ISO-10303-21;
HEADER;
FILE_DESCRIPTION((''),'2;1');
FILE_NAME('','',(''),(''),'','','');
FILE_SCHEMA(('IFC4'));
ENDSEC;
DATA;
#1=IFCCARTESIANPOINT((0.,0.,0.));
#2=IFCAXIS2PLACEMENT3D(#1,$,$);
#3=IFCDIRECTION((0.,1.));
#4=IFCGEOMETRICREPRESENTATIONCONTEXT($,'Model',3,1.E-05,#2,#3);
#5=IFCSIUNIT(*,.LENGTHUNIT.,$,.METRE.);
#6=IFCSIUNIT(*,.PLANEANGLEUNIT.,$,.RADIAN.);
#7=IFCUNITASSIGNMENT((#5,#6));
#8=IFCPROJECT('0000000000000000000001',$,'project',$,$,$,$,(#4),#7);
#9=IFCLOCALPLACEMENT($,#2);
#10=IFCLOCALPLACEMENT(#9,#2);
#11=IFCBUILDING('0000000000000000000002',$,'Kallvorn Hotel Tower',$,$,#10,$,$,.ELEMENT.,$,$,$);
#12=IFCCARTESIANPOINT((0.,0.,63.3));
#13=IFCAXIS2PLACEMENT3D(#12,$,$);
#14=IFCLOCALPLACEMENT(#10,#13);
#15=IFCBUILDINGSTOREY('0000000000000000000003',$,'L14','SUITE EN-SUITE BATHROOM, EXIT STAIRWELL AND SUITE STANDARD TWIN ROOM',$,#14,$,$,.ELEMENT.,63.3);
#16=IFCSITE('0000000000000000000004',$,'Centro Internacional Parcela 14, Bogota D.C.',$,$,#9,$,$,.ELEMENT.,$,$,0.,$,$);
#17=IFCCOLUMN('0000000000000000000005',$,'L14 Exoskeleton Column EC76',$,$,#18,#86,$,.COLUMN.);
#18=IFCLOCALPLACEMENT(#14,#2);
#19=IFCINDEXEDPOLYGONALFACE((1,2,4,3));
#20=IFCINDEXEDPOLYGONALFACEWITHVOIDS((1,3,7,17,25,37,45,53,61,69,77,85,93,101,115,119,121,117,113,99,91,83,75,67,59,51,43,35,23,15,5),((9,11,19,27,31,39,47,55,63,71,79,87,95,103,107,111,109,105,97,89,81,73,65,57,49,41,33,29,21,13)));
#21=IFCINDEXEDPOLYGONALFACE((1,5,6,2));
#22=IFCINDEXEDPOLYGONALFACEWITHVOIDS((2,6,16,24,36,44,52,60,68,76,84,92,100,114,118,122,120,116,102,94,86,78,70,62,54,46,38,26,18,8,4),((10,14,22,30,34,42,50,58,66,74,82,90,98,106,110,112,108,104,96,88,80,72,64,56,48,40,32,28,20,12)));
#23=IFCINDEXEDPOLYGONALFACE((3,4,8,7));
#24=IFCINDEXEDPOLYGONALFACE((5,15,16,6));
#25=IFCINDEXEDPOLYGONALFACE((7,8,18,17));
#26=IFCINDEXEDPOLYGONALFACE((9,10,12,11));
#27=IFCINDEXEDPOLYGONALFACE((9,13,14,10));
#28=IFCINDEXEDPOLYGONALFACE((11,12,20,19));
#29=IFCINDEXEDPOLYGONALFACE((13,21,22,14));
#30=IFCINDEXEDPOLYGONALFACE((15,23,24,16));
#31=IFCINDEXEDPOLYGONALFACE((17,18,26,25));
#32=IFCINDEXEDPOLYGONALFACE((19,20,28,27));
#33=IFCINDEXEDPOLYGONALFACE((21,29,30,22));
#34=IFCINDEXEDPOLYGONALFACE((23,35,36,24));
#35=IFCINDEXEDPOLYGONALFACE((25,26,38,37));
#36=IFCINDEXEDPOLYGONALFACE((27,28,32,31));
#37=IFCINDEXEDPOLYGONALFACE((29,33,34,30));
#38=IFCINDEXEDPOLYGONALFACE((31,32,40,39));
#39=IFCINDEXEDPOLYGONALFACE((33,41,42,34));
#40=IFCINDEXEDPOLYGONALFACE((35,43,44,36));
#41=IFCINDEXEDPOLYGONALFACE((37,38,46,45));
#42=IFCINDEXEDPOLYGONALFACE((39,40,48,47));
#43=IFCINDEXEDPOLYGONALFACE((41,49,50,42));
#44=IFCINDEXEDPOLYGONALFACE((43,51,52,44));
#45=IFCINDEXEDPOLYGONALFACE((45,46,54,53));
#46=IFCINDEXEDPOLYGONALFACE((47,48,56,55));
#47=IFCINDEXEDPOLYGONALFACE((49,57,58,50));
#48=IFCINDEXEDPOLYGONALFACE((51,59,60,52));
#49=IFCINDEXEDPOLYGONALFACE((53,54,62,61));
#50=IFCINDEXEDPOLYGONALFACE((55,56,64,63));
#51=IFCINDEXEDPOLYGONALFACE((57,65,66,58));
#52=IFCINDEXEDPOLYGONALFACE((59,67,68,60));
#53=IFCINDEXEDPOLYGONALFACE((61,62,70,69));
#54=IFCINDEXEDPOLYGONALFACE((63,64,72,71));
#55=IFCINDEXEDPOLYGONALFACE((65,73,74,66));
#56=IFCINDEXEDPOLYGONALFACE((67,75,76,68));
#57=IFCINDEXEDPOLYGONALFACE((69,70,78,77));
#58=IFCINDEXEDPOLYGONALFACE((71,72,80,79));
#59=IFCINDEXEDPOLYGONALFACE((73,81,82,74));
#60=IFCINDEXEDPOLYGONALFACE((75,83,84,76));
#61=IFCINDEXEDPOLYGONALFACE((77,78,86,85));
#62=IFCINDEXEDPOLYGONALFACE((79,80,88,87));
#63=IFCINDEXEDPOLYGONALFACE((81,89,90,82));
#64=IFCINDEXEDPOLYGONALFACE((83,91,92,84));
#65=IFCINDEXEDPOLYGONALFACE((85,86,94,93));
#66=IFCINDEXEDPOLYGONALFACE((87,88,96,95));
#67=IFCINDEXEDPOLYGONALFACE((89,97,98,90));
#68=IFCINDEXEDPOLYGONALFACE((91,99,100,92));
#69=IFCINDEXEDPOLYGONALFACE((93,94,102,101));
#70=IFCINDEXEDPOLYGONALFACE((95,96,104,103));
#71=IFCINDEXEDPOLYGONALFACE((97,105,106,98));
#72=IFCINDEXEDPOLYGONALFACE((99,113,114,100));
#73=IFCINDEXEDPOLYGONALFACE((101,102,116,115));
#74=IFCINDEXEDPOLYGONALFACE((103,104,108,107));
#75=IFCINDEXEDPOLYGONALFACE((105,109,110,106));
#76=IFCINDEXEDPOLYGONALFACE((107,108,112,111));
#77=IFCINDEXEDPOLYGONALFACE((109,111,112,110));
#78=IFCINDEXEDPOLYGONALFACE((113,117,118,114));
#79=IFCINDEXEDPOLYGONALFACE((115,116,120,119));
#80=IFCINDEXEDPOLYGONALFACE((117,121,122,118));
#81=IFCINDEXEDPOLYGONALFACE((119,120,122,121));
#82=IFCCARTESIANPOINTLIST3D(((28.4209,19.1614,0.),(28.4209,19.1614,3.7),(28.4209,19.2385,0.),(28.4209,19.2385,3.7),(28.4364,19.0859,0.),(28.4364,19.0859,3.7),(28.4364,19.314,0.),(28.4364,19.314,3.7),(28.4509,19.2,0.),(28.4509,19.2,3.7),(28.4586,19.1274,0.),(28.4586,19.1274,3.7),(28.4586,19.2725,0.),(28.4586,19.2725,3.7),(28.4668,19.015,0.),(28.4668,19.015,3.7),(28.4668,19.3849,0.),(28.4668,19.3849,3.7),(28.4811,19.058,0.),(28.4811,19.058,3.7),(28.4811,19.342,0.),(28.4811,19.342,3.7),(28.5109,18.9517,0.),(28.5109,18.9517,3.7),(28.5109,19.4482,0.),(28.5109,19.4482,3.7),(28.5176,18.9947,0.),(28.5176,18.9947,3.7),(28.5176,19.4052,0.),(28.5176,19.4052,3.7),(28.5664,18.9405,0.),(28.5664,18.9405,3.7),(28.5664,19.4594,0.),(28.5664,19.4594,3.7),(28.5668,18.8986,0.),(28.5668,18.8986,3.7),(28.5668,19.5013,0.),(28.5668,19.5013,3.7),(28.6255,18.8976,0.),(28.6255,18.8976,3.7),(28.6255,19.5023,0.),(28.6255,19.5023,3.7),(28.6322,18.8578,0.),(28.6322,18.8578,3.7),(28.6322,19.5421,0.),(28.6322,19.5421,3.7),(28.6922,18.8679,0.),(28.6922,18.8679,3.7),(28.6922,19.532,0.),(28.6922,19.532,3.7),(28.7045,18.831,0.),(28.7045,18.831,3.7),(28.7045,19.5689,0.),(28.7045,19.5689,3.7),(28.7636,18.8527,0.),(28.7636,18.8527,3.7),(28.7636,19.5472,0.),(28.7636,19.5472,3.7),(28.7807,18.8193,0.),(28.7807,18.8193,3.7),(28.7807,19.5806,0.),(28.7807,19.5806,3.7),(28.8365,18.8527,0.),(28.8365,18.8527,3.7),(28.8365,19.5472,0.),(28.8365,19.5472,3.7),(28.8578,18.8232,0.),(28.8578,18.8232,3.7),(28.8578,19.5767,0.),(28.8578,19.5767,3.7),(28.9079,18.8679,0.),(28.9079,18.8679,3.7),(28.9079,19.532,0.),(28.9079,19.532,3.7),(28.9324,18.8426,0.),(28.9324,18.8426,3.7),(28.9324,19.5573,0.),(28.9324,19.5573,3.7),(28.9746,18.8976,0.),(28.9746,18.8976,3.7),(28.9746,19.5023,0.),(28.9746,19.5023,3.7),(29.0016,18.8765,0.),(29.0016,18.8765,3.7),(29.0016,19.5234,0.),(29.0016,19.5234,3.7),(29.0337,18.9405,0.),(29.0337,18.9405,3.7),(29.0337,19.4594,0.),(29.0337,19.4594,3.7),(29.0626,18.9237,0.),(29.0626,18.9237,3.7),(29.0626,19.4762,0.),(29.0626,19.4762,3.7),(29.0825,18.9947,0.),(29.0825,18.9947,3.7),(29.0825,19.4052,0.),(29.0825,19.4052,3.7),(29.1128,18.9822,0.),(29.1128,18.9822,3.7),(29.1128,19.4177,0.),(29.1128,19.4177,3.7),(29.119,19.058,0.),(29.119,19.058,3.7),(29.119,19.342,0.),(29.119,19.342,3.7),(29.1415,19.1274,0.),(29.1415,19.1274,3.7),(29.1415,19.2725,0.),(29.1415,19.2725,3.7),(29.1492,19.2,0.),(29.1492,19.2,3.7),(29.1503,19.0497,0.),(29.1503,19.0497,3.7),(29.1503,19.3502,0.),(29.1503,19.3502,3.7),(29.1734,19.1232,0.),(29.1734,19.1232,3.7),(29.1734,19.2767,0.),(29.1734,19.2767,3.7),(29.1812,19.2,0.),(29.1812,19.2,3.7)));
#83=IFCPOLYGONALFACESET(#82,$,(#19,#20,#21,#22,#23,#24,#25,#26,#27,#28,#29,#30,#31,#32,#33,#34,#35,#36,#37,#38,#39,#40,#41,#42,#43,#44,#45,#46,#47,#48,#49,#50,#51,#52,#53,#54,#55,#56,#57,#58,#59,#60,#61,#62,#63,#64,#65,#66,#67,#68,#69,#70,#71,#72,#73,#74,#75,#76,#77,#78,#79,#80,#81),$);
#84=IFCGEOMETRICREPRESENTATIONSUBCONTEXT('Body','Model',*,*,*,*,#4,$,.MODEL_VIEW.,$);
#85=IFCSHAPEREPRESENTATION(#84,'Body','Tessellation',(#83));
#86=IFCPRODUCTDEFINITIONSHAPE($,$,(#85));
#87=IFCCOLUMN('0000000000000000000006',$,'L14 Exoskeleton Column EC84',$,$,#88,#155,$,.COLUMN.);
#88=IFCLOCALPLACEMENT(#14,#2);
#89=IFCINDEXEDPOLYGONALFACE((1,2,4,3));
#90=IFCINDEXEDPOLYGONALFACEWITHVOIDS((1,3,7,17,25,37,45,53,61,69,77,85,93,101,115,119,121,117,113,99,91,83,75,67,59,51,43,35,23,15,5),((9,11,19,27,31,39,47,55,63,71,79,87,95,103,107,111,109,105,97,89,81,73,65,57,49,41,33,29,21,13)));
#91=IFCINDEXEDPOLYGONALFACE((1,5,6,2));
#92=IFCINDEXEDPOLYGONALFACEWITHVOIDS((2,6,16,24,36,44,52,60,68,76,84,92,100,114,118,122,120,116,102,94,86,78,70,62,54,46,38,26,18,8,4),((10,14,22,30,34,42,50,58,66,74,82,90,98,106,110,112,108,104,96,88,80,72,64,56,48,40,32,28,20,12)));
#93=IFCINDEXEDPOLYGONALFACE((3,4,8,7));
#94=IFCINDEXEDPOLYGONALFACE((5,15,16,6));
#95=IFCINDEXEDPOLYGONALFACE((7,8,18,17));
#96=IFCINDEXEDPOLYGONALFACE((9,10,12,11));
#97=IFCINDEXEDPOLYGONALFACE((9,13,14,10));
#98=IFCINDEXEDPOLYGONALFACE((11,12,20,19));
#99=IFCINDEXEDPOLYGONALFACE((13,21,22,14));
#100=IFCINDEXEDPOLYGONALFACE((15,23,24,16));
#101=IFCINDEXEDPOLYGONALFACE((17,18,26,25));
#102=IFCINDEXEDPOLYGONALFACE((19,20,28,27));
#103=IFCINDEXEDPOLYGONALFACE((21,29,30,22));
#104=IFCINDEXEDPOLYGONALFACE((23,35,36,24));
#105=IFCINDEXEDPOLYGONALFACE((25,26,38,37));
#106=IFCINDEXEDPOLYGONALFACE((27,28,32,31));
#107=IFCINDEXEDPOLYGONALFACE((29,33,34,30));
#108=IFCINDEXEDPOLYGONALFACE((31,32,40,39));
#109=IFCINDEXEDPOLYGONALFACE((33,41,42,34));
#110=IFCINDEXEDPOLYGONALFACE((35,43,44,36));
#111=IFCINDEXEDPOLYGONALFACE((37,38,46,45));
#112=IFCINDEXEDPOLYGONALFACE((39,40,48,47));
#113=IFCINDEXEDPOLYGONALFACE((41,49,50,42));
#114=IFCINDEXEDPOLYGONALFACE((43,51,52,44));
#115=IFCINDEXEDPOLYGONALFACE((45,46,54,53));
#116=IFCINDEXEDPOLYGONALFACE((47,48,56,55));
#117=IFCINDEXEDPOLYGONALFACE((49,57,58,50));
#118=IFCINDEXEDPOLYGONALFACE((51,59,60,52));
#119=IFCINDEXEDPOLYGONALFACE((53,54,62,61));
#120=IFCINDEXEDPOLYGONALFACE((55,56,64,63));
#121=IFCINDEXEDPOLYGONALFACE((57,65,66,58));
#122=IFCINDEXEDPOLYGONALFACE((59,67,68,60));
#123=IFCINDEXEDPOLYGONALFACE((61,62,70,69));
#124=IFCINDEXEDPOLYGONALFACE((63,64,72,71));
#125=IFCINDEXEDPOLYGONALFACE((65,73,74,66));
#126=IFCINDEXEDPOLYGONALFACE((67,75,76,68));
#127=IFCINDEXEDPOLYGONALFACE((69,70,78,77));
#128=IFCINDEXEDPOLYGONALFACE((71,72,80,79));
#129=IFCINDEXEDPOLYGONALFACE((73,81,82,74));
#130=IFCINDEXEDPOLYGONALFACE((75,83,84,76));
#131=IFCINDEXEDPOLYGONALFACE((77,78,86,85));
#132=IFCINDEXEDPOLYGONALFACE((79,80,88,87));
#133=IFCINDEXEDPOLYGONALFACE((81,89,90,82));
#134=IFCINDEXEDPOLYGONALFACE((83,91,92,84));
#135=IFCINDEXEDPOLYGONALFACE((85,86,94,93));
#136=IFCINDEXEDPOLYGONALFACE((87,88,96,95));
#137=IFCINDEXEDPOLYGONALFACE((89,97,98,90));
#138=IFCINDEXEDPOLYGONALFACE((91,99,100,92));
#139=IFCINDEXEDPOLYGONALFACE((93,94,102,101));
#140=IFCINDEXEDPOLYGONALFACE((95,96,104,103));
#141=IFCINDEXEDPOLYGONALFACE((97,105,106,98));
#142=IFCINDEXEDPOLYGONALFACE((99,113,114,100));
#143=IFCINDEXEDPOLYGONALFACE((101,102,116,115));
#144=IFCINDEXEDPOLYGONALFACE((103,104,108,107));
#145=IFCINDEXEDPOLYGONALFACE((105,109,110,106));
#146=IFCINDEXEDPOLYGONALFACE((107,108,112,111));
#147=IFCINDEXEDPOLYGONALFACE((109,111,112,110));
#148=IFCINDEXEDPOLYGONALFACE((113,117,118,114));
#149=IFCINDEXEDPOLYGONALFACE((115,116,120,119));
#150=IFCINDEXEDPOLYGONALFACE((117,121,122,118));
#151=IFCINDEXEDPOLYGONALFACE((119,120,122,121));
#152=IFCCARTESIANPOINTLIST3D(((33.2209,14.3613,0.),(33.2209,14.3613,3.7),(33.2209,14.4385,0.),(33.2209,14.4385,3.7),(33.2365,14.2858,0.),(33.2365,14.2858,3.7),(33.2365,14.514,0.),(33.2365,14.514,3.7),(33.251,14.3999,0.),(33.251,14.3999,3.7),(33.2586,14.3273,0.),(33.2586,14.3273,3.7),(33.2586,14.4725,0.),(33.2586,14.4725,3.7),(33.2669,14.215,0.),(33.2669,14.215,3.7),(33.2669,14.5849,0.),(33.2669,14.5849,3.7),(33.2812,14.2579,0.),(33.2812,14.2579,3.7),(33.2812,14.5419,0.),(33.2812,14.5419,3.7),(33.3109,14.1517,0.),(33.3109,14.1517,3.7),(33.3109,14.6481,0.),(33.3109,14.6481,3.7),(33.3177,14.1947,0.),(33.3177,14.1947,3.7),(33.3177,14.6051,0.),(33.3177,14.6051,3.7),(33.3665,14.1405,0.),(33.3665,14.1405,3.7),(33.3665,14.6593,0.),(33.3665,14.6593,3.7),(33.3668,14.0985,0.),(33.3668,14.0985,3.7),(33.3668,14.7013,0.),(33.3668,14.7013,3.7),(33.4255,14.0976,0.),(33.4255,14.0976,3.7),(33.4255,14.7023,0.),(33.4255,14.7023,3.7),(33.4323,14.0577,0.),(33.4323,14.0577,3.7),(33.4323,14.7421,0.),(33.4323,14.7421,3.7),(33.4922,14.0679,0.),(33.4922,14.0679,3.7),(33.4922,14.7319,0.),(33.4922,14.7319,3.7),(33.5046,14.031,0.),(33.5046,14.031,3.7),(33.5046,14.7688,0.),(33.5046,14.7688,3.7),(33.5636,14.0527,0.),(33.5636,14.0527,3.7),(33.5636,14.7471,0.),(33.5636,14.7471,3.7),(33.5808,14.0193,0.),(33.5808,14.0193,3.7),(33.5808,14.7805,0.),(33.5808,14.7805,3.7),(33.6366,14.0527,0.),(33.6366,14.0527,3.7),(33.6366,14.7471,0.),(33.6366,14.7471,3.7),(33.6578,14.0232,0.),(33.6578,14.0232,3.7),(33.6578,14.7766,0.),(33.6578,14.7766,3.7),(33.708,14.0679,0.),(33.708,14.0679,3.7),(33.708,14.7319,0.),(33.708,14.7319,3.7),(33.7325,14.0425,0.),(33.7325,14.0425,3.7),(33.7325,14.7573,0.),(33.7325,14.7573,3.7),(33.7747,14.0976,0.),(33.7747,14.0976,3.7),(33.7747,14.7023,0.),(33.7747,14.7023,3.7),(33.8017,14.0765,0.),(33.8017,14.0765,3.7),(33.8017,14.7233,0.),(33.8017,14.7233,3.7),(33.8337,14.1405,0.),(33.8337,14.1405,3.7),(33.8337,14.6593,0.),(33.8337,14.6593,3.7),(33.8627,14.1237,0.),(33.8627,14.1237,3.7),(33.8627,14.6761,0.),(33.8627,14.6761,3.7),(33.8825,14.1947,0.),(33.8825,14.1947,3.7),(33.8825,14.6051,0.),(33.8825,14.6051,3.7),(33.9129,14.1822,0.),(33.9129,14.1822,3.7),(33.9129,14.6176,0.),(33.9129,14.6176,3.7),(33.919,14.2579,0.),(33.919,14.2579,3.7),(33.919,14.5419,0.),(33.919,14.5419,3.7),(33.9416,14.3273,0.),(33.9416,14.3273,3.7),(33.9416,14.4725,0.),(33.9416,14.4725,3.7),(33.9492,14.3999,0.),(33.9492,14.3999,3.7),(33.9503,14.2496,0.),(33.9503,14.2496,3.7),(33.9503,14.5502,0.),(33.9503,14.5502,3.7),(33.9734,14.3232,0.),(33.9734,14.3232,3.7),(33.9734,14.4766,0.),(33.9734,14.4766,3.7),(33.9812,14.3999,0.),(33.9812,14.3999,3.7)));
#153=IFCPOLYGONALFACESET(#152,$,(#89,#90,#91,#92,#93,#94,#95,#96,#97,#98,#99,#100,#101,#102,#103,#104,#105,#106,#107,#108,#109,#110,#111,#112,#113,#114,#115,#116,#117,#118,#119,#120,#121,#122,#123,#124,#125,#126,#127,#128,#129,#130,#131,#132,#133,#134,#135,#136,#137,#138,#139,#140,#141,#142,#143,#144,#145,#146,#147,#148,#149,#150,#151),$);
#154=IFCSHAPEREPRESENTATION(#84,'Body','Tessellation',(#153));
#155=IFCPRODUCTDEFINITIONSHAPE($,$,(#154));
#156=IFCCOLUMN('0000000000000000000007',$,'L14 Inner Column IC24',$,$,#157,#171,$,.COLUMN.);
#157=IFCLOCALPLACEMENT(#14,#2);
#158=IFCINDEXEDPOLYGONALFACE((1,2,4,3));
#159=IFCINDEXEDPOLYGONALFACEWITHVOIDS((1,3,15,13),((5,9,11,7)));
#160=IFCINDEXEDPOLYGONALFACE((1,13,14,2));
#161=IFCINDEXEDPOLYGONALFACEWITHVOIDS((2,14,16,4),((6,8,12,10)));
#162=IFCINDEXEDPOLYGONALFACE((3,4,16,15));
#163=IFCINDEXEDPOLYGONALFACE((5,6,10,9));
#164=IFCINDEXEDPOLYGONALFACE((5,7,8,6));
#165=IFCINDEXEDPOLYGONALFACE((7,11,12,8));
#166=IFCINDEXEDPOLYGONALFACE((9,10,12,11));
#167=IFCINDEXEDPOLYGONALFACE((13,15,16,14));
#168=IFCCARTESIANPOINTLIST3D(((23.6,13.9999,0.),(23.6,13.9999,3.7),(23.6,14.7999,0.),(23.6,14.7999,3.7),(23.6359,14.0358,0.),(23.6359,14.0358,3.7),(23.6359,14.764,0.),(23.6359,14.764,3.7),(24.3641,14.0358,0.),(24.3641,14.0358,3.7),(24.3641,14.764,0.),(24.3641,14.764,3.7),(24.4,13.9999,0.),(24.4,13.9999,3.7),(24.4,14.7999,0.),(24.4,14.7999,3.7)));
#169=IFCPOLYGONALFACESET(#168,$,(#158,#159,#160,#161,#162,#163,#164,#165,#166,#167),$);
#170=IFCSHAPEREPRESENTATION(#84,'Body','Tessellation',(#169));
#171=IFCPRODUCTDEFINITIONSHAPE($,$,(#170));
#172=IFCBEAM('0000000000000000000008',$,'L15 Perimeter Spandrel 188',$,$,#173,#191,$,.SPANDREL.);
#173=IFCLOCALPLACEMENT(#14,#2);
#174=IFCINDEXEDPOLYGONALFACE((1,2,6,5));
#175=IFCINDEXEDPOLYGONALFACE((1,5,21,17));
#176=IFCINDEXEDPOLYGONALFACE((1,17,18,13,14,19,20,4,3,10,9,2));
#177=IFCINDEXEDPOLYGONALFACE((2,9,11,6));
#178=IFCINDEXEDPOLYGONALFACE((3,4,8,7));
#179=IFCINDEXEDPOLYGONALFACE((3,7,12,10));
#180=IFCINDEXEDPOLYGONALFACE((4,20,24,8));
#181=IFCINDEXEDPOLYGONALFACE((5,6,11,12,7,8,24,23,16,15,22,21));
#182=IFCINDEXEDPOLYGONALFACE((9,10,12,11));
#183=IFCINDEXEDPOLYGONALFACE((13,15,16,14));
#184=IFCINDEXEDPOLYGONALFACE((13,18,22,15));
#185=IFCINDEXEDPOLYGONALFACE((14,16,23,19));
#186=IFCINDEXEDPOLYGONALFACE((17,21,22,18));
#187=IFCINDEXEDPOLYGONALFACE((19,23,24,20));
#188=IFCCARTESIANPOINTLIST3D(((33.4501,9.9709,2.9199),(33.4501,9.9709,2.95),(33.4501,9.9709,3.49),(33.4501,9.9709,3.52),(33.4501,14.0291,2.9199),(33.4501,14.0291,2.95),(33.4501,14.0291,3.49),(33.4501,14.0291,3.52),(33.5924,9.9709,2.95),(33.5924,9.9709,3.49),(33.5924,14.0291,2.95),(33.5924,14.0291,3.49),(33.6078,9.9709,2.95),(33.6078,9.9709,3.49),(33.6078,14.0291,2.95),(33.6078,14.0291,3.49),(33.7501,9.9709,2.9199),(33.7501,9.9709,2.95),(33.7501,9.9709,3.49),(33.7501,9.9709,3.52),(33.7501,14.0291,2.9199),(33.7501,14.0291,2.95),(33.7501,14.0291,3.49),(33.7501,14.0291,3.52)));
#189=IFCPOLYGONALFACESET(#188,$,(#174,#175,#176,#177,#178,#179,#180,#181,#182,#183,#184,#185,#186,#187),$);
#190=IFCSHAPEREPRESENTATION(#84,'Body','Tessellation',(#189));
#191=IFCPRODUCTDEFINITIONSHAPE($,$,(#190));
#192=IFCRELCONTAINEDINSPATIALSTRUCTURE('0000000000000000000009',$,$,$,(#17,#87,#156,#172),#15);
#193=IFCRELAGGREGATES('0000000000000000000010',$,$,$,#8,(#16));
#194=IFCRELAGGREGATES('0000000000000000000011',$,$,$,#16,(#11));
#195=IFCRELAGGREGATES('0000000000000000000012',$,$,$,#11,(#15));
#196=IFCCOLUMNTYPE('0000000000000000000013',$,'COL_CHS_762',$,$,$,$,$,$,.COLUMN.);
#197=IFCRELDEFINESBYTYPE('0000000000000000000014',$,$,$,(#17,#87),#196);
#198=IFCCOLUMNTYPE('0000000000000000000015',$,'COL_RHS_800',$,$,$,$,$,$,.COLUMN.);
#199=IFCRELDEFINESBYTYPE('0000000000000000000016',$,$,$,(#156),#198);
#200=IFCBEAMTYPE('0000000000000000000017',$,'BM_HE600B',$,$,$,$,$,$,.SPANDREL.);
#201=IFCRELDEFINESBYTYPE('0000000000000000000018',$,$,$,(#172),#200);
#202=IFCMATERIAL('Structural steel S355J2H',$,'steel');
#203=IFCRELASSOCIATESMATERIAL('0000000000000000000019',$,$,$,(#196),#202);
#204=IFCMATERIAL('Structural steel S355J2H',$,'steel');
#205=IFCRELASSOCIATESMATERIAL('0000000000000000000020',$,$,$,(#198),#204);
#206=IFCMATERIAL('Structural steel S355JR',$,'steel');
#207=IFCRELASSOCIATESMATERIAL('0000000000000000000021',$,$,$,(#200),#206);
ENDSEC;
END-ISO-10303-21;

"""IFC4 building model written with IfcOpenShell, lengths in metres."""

from ifc_helpers import new_model, si_unit, direction, frame, origin, origin_2d, place, context, subcontext, project, spatial, hollow_rectangle, hollow_circle, i_section, extrude, material, material_profile, profile_set, type_object, element, save


model = new_model("IFC4")

# Units and contexts
model_context = context("Model", 3, precision=1e-05, world=origin(), true_north=direction((0.0, 1.0)))
body_context = subcontext(model_context, "Body", "Model", "MODEL_VIEW")
ifc_project = project(units=[si_unit("LENGTHUNIT", "METRE"), si_unit("PLANEANGLEUNIT", "RADIAN")], contexts=[model_context])

# Site, building, storey
site_placement = place(None, origin())
site = spatial("IfcSite", under=ifc_project, at=site_placement, Name="Centro Internacional Parcela 14, Bogota D.C.", CompositionType="ELEMENT", RefElevation=0.0)
building_placement = place(site_placement, origin())
building = spatial("IfcBuilding", under=site, at=building_placement, Name="Kallvorn Hotel Tower", CompositionType="ELEMENT")
storey_placement = place(building_placement, frame((0.0, 0.0, 63.3)))
storey = spatial("IfcBuildingStorey", under=building, at=storey_placement, Name="L14", Description="SUITE EN-SUITE BATHROOM, EXIT STAIRWELL AND SUITE STANDARD TWIN ROOM", CompositionType="ELEMENT", Elevation=63.3)

# Columns
ifc_material_1 = material(Name="Structural steel S355J2H", Category="steel")
ifc_material_profile_1 = material_profile(ifc_material_1, hollow_circle(Radius=0.3811, WallThickness=0.032, at=origin_2d()), Name="CHS 762x32")
ifc_profile_set_1 = profile_set([ifc_material_profile_1], Name="Structural steel S355J2H")
column_type_1 = type_object("IfcColumnType", Name="COL_CHS_762", PredefinedType="COLUMN", material=ifc_profile_set_1)
for number, where, z_axis, x_axis, name in (
    (1, (28.8, 19.2, 0.0), (0.0, 0.0, 1.0), (1.0, 0.0, 0.0), "L14 Exoskeleton Column EC76"),
    (2, (33.6001, 14.3999, 0.0), (0.0, 0.0, 1.0), (1.0, 0.0, 0.0), "L14 Exoskeleton Column EC84"),
):
    element("IfcColumn", number, at=place(storey_placement, frame(where, z_axis=z_axis, x_axis=x_axis)), inside=storey, type_object=column_type_1, Name=name, PredefinedType="COLUMN", context=body_context, shape_type="SweptSolid", body=[
        extrude(hollow_circle(Radius=0.3811, WallThickness=0.032, at=origin_2d()), origin(), (0.0, 0.0, 1.0), 3.7),
    ])
ifc_material_2 = material(Name="Structural steel S355J2H", Category="steel")
ifc_material_profile_2 = material_profile(ifc_material_2, hollow_rectangle(XDim=0.8, YDim=0.8, WallThickness=0.0359, at=origin_2d()), Name="RHS 800x800x36")
ifc_profile_set_2 = profile_set([ifc_material_profile_2], Name="Structural steel S355J2H")
column_type_2 = type_object("IfcColumnType", Name="COL_RHS_800", PredefinedType="COLUMN", material=ifc_profile_set_2)
column_placement = place(storey_placement, frame((24.0, 14.3999, 0.0), z_axis=(0.0, 0.0, 1.0), x_axis=(1.0, 0.0, 0.0)))
element("IfcColumn", 3, at=column_placement, inside=storey, type_object=column_type_2, Name="L14 Inner Column IC24", PredefinedType="COLUMN", context=body_context, shape_type="SweptSolid", body=[
    extrude(hollow_rectangle(XDim=0.8, YDim=0.8, WallThickness=0.0359, at=origin_2d()), origin(), (0.0, 0.0, 1.0), 3.7),
])

# Beam
ifc_material_3 = material(Name="Structural steel S355JR", Category="steel")
ifc_material_profile_3 = material_profile(ifc_material_3, i_section(OverallWidth=0.3, OverallDepth=0.6001, WebThickness=0.0154, FlangeThickness=0.03, at=origin_2d()), Name="HE 600 B")
ifc_profile_set_3 = profile_set([ifc_material_profile_3], Name="Structural steel S355JR")
beam_type_1 = type_object("IfcBeamType", Name="BM_HE600B", PredefinedType="SPANDREL", material=ifc_profile_set_3)
beam_1_placement = place(storey_placement, frame((33.6001, 9.9709, 3.22), z_axis=(0.0, 1.0, 0.0), x_axis=(-1.0, 0.0, 0.0)))
element("IfcBeam", 4, at=beam_1_placement, inside=storey, type_object=beam_type_1, Name="L15 Perimeter Spandrel 188", PredefinedType="SPANDREL", context=body_context, shape_type="SweptSolid", body=[
    extrude(i_section(OverallWidth=0.3, OverallDepth=0.6001, WebThickness=0.0154, FlangeThickness=0.03, at=origin_2d()), origin(), (0.0, 0.0, 1.0), 4.0581),
])

save(model, "model.ifc")
